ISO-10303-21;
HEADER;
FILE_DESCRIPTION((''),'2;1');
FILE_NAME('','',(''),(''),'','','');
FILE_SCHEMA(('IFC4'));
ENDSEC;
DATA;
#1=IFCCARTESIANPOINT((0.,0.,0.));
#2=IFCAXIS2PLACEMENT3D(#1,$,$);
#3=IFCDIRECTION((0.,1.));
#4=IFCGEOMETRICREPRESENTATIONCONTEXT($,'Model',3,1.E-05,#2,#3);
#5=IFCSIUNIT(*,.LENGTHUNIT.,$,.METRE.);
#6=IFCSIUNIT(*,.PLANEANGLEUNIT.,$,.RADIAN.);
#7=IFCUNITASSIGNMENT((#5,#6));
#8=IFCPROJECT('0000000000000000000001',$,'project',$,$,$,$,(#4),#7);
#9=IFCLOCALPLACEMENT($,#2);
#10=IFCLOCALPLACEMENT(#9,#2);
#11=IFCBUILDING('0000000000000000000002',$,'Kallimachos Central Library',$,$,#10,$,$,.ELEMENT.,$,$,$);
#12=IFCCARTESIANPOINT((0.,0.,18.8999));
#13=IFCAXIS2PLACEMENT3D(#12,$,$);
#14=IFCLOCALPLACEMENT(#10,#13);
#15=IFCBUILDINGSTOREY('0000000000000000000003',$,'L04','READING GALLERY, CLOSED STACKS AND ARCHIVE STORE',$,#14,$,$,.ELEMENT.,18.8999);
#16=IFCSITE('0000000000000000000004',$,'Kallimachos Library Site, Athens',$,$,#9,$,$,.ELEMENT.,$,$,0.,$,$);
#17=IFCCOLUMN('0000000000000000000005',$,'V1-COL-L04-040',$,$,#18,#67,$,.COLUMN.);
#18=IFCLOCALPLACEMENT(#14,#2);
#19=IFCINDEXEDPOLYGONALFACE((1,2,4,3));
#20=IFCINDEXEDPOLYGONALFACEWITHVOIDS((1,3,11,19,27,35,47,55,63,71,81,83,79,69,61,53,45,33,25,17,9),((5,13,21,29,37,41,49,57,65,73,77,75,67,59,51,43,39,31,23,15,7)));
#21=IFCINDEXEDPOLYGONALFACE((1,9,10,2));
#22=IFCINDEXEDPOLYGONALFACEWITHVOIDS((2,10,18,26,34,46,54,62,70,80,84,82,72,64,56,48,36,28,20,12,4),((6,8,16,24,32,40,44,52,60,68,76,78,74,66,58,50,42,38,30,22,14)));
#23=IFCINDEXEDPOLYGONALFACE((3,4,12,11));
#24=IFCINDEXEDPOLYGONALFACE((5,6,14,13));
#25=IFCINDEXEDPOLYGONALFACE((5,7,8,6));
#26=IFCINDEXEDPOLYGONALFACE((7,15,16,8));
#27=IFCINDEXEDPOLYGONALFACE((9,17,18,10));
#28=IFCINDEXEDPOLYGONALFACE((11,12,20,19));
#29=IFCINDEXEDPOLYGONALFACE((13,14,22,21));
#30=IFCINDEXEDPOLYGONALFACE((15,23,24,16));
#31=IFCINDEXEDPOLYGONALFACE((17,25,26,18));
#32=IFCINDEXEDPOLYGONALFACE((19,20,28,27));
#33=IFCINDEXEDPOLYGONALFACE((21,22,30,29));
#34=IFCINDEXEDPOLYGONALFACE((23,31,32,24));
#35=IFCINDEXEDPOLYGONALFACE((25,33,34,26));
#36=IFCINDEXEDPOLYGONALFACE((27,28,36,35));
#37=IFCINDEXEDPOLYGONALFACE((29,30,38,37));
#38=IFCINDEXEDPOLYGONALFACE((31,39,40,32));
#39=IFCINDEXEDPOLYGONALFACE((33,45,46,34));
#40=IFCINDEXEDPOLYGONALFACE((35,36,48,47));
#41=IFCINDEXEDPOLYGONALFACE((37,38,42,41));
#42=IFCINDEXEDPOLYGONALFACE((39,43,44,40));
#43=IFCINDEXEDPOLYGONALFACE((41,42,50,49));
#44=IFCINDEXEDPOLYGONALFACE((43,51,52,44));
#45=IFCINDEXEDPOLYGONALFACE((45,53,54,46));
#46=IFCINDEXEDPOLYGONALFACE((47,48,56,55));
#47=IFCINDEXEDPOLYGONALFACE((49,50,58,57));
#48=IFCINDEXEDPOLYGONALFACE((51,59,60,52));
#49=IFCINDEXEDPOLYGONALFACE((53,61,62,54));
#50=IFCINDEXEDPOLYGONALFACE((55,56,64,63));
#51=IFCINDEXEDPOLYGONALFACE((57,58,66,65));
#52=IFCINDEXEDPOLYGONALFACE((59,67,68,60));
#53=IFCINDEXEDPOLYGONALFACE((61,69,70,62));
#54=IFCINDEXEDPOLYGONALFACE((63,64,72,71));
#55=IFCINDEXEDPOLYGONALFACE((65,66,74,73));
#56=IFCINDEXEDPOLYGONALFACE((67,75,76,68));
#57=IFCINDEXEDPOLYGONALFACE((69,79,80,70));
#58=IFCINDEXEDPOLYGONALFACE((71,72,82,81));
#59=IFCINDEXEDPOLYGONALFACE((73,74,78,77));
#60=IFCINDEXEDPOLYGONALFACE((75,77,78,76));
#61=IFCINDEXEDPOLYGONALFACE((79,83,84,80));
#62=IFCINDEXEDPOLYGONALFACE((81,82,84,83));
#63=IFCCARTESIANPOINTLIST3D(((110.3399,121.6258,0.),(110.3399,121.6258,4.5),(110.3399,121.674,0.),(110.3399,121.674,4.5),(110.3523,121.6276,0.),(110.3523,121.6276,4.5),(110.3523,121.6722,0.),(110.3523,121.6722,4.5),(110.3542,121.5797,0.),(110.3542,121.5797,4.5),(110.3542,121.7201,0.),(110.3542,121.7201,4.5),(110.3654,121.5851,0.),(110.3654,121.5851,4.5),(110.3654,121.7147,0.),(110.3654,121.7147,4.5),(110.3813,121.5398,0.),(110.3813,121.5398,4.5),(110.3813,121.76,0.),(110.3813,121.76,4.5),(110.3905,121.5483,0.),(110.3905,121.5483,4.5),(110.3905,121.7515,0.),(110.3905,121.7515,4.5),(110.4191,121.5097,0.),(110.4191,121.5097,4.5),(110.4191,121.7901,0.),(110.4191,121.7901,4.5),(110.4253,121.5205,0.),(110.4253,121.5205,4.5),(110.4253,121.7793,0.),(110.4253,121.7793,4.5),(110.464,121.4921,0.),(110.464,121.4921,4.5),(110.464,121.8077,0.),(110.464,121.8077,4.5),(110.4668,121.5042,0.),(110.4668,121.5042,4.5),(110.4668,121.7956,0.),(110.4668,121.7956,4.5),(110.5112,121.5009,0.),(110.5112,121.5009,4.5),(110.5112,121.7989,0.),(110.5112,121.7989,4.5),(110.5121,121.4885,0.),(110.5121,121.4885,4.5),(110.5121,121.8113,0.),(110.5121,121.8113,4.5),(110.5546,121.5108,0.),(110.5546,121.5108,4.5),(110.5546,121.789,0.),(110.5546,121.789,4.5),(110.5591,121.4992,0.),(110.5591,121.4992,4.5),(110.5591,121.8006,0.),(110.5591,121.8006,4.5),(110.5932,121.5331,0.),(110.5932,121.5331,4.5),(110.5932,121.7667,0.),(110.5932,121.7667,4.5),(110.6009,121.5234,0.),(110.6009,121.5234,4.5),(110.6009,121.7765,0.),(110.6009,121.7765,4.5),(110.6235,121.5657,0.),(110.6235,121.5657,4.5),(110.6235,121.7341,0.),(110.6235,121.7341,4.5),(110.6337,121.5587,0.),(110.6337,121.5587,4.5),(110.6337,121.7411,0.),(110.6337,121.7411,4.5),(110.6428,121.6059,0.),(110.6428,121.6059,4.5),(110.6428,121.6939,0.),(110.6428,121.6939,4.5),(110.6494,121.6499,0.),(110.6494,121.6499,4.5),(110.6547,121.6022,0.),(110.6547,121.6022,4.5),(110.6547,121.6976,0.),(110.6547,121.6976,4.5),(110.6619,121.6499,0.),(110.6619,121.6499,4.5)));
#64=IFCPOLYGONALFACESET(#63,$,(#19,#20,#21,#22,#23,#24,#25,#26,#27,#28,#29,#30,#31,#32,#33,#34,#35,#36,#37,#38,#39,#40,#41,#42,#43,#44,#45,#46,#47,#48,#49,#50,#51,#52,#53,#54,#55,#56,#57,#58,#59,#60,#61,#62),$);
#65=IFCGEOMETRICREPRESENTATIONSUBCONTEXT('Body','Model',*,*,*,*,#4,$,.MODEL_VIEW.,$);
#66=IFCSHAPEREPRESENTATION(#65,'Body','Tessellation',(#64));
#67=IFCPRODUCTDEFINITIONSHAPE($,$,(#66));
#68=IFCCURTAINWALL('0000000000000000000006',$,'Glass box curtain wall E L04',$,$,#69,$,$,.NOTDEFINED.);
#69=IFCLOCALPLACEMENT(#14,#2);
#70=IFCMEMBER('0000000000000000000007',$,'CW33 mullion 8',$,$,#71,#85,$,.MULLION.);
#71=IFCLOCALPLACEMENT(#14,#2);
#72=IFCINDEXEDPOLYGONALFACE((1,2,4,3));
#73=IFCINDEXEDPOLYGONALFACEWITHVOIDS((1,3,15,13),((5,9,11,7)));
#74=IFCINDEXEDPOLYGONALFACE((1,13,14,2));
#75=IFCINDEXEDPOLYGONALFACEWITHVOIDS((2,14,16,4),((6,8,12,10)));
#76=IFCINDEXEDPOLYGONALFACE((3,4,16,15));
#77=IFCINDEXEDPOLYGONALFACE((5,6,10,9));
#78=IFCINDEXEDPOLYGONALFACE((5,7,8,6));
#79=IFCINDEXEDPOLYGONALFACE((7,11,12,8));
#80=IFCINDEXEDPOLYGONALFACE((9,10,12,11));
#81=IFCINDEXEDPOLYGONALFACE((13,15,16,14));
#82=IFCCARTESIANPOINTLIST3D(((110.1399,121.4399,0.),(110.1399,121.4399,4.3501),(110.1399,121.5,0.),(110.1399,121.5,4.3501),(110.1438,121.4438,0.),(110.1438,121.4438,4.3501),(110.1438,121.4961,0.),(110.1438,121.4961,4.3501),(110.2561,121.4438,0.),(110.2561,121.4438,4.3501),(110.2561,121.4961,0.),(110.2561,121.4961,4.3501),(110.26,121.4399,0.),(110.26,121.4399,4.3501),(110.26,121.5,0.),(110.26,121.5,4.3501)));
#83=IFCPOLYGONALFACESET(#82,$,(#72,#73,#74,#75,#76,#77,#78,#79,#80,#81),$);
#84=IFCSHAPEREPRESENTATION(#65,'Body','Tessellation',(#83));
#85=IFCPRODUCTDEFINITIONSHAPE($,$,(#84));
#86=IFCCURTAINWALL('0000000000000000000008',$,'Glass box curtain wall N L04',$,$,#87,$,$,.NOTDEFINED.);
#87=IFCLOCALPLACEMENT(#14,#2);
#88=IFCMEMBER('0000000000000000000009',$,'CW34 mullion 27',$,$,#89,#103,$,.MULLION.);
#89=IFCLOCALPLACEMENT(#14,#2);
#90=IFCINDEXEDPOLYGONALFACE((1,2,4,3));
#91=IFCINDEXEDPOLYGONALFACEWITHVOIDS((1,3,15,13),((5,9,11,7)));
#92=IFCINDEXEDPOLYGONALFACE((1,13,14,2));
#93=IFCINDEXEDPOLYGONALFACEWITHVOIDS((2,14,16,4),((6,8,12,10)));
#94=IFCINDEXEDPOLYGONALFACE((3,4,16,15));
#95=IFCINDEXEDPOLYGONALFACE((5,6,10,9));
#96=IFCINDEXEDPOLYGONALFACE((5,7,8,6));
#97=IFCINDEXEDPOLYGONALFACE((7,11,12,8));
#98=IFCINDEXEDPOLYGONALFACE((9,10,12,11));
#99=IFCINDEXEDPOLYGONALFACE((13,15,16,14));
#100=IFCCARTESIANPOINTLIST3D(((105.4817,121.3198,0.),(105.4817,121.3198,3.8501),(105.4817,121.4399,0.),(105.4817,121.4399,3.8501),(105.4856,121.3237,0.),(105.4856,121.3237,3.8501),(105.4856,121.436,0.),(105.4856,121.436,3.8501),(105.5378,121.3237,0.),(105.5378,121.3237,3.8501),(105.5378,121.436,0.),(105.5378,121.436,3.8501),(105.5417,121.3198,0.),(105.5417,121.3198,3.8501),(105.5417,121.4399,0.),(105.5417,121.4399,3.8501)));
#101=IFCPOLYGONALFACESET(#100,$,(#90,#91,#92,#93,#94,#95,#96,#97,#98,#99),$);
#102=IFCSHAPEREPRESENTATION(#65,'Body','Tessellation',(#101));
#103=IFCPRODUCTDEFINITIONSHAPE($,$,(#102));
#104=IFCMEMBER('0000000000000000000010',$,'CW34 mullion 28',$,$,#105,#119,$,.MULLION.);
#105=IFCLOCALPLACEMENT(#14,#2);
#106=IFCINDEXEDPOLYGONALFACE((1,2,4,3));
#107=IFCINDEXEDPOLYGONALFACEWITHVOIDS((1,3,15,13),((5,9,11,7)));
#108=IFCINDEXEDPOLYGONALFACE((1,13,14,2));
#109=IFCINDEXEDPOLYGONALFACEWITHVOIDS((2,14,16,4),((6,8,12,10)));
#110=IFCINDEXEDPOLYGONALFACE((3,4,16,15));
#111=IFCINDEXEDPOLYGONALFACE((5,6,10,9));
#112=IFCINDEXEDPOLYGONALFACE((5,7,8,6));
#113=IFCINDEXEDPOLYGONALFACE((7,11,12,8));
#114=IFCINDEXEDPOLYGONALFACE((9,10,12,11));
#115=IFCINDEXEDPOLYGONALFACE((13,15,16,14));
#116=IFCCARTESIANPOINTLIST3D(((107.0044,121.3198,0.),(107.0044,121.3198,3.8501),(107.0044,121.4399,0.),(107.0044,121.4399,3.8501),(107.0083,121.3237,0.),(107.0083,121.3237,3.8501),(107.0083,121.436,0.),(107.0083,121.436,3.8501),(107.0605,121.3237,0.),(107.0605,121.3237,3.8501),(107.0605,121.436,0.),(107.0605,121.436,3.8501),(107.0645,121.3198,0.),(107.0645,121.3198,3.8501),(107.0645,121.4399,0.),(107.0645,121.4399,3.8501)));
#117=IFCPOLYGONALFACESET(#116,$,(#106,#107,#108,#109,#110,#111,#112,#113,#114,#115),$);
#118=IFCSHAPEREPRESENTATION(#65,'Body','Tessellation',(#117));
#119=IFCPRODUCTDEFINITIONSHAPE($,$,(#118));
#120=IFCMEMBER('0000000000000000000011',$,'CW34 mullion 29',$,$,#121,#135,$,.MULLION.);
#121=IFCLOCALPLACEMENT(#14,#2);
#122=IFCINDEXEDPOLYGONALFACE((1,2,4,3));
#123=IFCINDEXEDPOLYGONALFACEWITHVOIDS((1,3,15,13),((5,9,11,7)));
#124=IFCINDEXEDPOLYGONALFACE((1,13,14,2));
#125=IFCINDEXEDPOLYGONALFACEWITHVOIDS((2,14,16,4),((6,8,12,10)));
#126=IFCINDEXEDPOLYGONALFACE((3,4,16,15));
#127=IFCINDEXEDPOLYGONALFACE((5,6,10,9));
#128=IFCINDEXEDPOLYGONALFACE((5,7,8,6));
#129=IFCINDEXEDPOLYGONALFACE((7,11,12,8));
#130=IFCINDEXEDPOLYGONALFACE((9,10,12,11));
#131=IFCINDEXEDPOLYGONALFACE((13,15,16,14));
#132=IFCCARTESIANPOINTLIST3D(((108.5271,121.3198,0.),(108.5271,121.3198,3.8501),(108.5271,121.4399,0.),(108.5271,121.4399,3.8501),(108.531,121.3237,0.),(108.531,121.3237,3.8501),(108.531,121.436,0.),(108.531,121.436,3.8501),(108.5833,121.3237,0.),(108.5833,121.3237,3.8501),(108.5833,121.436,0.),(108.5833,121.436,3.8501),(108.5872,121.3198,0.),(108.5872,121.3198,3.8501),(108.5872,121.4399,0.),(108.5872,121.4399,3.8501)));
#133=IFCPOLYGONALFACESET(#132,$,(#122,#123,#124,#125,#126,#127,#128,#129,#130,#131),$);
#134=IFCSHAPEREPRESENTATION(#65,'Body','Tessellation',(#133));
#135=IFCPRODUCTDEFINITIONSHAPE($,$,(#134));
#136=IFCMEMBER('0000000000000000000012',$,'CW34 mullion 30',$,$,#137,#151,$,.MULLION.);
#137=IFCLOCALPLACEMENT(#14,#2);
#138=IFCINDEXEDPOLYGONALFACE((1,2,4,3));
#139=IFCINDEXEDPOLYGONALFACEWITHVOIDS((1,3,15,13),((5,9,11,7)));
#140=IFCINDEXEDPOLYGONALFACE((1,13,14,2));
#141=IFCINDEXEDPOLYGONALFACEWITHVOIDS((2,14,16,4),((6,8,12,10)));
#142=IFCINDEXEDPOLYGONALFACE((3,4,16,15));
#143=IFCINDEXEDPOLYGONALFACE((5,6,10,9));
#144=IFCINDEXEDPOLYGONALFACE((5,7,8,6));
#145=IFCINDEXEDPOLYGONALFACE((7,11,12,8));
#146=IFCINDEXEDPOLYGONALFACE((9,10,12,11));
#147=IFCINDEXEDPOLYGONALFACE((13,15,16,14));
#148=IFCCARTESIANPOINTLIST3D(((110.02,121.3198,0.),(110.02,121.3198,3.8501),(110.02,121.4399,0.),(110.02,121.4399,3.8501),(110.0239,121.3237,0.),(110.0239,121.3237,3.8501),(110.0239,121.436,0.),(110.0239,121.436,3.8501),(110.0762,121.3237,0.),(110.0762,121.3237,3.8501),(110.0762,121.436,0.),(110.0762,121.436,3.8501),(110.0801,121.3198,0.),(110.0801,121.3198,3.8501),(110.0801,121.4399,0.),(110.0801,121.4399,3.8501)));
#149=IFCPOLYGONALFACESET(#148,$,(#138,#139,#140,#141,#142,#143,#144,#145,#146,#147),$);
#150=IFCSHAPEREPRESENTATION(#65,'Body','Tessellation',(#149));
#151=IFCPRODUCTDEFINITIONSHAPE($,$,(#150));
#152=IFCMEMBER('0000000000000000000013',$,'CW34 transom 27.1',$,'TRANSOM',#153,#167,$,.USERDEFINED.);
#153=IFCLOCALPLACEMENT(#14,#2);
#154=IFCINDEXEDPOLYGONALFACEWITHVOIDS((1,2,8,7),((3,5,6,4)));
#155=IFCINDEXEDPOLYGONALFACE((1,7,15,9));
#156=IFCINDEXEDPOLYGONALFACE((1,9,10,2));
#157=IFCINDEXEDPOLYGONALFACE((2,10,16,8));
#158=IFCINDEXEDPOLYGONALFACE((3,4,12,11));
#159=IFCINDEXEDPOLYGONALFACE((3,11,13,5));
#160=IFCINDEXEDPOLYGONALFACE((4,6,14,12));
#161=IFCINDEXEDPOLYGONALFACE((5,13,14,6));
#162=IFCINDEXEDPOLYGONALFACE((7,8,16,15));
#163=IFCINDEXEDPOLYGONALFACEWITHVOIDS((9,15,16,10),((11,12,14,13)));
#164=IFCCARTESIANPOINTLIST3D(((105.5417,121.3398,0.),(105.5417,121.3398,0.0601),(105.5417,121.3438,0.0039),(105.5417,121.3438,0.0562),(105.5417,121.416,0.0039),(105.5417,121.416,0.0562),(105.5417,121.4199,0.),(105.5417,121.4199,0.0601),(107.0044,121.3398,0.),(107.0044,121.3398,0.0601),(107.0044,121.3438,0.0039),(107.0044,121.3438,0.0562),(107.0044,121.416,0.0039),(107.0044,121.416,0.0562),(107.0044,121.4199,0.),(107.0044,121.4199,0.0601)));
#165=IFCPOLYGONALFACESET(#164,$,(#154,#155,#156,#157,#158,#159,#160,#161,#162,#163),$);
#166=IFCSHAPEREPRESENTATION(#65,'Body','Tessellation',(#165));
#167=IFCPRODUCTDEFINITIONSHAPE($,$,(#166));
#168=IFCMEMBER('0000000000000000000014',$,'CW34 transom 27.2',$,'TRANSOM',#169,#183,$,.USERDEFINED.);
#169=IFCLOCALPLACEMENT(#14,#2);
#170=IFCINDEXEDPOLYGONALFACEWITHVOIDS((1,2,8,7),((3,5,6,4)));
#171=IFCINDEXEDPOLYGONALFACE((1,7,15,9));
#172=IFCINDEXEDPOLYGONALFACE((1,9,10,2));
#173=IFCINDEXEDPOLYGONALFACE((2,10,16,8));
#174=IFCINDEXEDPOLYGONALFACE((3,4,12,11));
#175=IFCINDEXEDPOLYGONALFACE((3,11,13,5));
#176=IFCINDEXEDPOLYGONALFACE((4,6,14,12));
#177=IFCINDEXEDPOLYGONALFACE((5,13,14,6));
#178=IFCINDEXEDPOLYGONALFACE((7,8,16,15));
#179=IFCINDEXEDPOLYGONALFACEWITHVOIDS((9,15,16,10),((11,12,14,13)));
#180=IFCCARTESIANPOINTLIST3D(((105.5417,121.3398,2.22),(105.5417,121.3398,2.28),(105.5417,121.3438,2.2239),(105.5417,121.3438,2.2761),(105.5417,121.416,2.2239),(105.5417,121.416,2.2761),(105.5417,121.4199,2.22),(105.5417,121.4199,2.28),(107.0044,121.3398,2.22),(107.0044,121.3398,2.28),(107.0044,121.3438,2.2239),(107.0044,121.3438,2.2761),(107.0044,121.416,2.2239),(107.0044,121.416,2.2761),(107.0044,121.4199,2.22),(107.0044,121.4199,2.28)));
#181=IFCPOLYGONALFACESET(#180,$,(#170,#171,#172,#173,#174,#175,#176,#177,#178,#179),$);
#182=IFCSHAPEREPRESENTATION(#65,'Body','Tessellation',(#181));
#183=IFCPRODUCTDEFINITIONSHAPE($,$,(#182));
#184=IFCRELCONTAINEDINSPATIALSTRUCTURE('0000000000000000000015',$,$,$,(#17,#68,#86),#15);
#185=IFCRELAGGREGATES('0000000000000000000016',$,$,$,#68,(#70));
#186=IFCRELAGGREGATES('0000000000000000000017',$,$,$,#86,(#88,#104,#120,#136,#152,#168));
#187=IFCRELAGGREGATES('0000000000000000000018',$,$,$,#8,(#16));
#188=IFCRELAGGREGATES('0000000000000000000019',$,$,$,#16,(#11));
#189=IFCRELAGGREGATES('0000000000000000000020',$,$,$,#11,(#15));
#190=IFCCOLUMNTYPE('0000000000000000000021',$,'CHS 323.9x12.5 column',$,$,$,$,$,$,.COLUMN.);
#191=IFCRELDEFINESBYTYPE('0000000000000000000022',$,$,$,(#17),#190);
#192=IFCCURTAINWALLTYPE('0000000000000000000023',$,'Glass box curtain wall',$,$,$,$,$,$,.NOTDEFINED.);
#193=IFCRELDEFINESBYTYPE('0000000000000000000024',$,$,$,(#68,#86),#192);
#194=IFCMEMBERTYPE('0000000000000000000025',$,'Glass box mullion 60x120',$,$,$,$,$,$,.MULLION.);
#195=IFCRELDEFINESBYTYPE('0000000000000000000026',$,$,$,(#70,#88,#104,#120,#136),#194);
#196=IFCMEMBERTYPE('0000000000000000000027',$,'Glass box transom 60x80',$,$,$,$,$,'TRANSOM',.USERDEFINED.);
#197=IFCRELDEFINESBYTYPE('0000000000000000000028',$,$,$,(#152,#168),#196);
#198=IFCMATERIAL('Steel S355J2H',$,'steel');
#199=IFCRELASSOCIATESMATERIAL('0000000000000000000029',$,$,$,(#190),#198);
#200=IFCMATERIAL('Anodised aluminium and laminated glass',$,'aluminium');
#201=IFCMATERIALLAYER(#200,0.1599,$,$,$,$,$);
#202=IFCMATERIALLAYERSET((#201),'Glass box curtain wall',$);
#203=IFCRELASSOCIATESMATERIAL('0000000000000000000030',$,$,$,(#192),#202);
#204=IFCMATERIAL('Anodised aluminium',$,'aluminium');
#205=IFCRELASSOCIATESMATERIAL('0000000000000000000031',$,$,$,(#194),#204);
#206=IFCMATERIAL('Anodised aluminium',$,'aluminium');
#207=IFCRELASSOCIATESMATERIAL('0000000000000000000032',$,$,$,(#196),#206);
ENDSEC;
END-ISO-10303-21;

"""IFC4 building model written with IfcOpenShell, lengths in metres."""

from ifc_helpers import new_model, si_unit, direction, frame, origin, origin_2d, place, context, subcontext, project, spatial, hollow_rectangle, hollow_circle, extrude, material, layer, layer_set, material_profile, profile_set, type_object, element, aggregate, save


model = new_model("IFC4")

# Units and contexts
model_context = context("Model", 3, precision=1e-05, world=origin(), true_north=direction((0.0, 1.0)))
body_context = subcontext(model_context, "Body", "Model", "MODEL_VIEW")
ifc_project = project(units=[si_unit("LENGTHUNIT", "METRE"), si_unit("PLANEANGLEUNIT", "RADIAN")], contexts=[model_context])

# Site, building, storey
site_placement = place(None, origin())
site = spatial("IfcSite", under=ifc_project, at=site_placement, Name="Kallimachos Library Site, Athens", CompositionType="ELEMENT", RefElevation=0.0)
building_placement = place(site_placement, origin())
building = spatial("IfcBuilding", under=site, at=building_placement, Name="Kallimachos Central Library", CompositionType="ELEMENT")
storey_placement = place(building_placement, frame((0.0, 0.0, 18.8999)))
storey = spatial("IfcBuildingStorey", under=building, at=storey_placement, Name="L04", Description="READING GALLERY, CLOSED STACKS AND ARCHIVE STORE", CompositionType="ELEMENT", Elevation=18.8999)

# Column
ifc_material_1 = material(Name="Steel S355J2H", Category="steel")
ifc_material_profile_1 = material_profile(ifc_material_1, hollow_circle(Radius=0.1619, WallThickness=0.0125, at=origin_2d()), Name="CHS 323.9x12.5")
ifc_profile_set_1 = profile_set([ifc_material_profile_1], Name="Steel S355J2H")
column_type = type_object("IfcColumnType", Name="CHS 323.9x12.5 column", PredefinedType="COLUMN", material=ifc_profile_set_1)
column_placement = place(storey_placement, frame((110.5, 121.6499, 0.0), z_axis=(0.0, 0.0, 1.0), x_axis=(1.0, 0.0, 0.0)))
element("IfcColumn", 1, at=column_placement, inside=storey, type_object=column_type, Name="V1-COL-L04-040", PredefinedType="COLUMN", context=body_context, shape_type="SweptSolid", body=[
    extrude(hollow_circle(Radius=0.1619, WallThickness=0.0125, at=origin_2d()), origin(), (0.0, 0.0, 1.0), 4.5),
])

# Curtain wall, member
ifc_material_2 = material(Name="Anodised aluminium and laminated glass", Category="aluminium")
ifc_layer_1 = layer(ifc_material_2, 0.1599)
ifc_layer_set_1 = layer_set([ifc_layer_1], Name="Glass box curtain wall")
curtain_wall_type = type_object("IfcCurtainWallType", Name="Glass box curtain wall", PredefinedType="NOTDEFINED", material=ifc_layer_set_1)
curtain_wall_1_placement = place(storey_placement, origin())
curtain_wall_1 = element("IfcCurtainWall", 2, at=curtain_wall_1_placement, inside=storey, type_object=curtain_wall_type, Name="Glass box curtain wall E L04", PredefinedType="NOTDEFINED")
ifc_material_3 = material(Name="Anodised aluminium", Category="aluminium")
ifc_material_profile_2 = material_profile(ifc_material_3, hollow_rectangle(XDim=0.0601, YDim=0.1201, WallThickness=0.0039, at=origin_2d()), Name="ALU MULLION 60x120")
ifc_profile_set_2 = profile_set([ifc_material_profile_2], Name="Anodised aluminium")
member_type_1 = type_object("IfcMemberType", Name="Glass box mullion 60x120", PredefinedType="MULLION", material=ifc_profile_set_2)
member_1_placement = place(storey_placement, frame((110.2, 121.47, 0.0), z_axis=(0.0, 0.0, 1.0), x_axis=(0.0, 1.0, 0.0)))
member_1 = element("IfcMember", 3, at=member_1_placement, type_object=member_type_1, Name="CW33 mullion 8", PredefinedType="MULLION", context=body_context, shape_type="SweptSolid", body=[
    extrude(hollow_rectangle(XDim=0.0601, YDim=0.1201, WallThickness=0.0039, at=origin_2d()), origin(), (0.0, 0.0, 1.0), 4.3501),
])
aggregate(curtain_wall_1, [member_1])

# Curtain wall, members
curtain_wall_2_placement = place(storey_placement, origin())
curtain_wall_2 = element("IfcCurtainWall", 4, at=curtain_wall_2_placement, inside=storey, type_object=curtain_wall_type, Name="Glass box curtain wall N L04", PredefinedType="NOTDEFINED")
member_2_placement = place(storey_placement, frame((105.5117, 121.3799, 0.0), z_axis=(0.0, 0.0, 1.0), x_axis=(1.0, 0.0, 0.0)))
member_2 = element("IfcMember", 5, at=member_2_placement, type_object=member_type_1, Name="CW34 mullion 27", PredefinedType="MULLION", context=body_context, shape_type="SweptSolid", body=[
    extrude(hollow_rectangle(XDim=0.0601, YDim=0.1201, WallThickness=0.0039, at=origin_2d()), origin(), (0.0, 0.0, 1.0), 3.8501),
])
member_3_placement = place(storey_placement, frame((107.0344, 121.3799, 0.0), z_axis=(0.0, 0.0, 1.0), x_axis=(1.0, 0.0, 0.0)))
member_3 = element("IfcMember", 6, at=member_3_placement, type_object=member_type_1, Name="CW34 mullion 28", PredefinedType="MULLION", context=body_context, shape_type="SweptSolid", body=[
    extrude(hollow_rectangle(XDim=0.0601, YDim=0.1201, WallThickness=0.0039, at=origin_2d()), origin(), (0.0, 0.0, 1.0), 3.8501),
])
member_4_placement = place(storey_placement, frame((108.5571, 121.3799, 0.0), z_axis=(0.0, 0.0, 1.0), x_axis=(1.0, 0.0, 0.0)))
member_4 = element("IfcMember", 7, at=member_4_placement, type_object=member_type_1, Name="CW34 mullion 29", PredefinedType="MULLION", context=body_context, shape_type="SweptSolid", body=[
    extrude(hollow_rectangle(XDim=0.0601, YDim=0.1201, WallThickness=0.0039, at=origin_2d()), origin(), (0.0, 0.0, 1.0), 3.8501),
])
member_5_placement = place(storey_placement, frame((110.05, 121.3799, 0.0), z_axis=(0.0, 0.0, 1.0), x_axis=(1.0, 0.0, 0.0)))
member_5 = element("IfcMember", 8, at=member_5_placement, type_object=member_type_1, Name="CW34 mullion 30", PredefinedType="MULLION", context=body_context, shape_type="SweptSolid", body=[
    extrude(hollow_rectangle(XDim=0.0601, YDim=0.1201, WallThickness=0.0039, at=origin_2d()), origin(), (0.0, 0.0, 1.0), 3.8501),
])
ifc_material_4 = material(Name="Anodised aluminium", Category="aluminium")
ifc_material_profile_3 = material_profile(ifc_material_4, hollow_rectangle(XDim=0.0601, YDim=0.0801, WallThickness=0.0039, at=origin_2d()), Name="ALU TRANSOM 60x80")
ifc_profile_set_3 = profile_set([ifc_material_profile_3], Name="Anodised aluminium")
member_type_2 = type_object("IfcMemberType", Name="Glass box transom 60x80", ElementType="TRANSOM", PredefinedType="USERDEFINED", material=ifc_profile_set_3)
member_6_placement = place(storey_placement, frame((105.5417, 121.3799, 0.03), z_axis=(1.0, 0.0, 0.0), x_axis=(0.0, 0.0, 1.0)))
member_6 = element("IfcMember", 9, at=member_6_placement, type_object=member_type_2, Name="CW34 transom 27.1", ObjectType="TRANSOM", PredefinedType="USERDEFINED", context=body_context, shape_type="SweptSolid", body=[
    extrude(hollow_rectangle(XDim=0.0601, YDim=0.0801, WallThickness=0.0039, at=origin_2d()), origin(), (0.0, 0.0, 1.0), 1.4626),
])
member_7_placement = place(storey_placement, frame((105.5417, 121.3799, 2.25), z_axis=(1.0, 0.0, 0.0), x_axis=(0.0, 0.0, 1.0)))
member_7 = element("IfcMember", 10, at=member_7_placement, type_object=member_type_2, Name="CW34 transom 27.2", ObjectType="TRANSOM", PredefinedType="USERDEFINED", context=body_context, shape_type="SweptSolid", body=[
    extrude(hollow_rectangle(XDim=0.0601, YDim=0.0801, WallThickness=0.0039, at=origin_2d()), origin(), (0.0, 0.0, 1.0), 1.4626),
])
aggregate(curtain_wall_2, [member_2, member_3, member_4, member_5, member_6, member_7])

save(model, "model.ifc")
